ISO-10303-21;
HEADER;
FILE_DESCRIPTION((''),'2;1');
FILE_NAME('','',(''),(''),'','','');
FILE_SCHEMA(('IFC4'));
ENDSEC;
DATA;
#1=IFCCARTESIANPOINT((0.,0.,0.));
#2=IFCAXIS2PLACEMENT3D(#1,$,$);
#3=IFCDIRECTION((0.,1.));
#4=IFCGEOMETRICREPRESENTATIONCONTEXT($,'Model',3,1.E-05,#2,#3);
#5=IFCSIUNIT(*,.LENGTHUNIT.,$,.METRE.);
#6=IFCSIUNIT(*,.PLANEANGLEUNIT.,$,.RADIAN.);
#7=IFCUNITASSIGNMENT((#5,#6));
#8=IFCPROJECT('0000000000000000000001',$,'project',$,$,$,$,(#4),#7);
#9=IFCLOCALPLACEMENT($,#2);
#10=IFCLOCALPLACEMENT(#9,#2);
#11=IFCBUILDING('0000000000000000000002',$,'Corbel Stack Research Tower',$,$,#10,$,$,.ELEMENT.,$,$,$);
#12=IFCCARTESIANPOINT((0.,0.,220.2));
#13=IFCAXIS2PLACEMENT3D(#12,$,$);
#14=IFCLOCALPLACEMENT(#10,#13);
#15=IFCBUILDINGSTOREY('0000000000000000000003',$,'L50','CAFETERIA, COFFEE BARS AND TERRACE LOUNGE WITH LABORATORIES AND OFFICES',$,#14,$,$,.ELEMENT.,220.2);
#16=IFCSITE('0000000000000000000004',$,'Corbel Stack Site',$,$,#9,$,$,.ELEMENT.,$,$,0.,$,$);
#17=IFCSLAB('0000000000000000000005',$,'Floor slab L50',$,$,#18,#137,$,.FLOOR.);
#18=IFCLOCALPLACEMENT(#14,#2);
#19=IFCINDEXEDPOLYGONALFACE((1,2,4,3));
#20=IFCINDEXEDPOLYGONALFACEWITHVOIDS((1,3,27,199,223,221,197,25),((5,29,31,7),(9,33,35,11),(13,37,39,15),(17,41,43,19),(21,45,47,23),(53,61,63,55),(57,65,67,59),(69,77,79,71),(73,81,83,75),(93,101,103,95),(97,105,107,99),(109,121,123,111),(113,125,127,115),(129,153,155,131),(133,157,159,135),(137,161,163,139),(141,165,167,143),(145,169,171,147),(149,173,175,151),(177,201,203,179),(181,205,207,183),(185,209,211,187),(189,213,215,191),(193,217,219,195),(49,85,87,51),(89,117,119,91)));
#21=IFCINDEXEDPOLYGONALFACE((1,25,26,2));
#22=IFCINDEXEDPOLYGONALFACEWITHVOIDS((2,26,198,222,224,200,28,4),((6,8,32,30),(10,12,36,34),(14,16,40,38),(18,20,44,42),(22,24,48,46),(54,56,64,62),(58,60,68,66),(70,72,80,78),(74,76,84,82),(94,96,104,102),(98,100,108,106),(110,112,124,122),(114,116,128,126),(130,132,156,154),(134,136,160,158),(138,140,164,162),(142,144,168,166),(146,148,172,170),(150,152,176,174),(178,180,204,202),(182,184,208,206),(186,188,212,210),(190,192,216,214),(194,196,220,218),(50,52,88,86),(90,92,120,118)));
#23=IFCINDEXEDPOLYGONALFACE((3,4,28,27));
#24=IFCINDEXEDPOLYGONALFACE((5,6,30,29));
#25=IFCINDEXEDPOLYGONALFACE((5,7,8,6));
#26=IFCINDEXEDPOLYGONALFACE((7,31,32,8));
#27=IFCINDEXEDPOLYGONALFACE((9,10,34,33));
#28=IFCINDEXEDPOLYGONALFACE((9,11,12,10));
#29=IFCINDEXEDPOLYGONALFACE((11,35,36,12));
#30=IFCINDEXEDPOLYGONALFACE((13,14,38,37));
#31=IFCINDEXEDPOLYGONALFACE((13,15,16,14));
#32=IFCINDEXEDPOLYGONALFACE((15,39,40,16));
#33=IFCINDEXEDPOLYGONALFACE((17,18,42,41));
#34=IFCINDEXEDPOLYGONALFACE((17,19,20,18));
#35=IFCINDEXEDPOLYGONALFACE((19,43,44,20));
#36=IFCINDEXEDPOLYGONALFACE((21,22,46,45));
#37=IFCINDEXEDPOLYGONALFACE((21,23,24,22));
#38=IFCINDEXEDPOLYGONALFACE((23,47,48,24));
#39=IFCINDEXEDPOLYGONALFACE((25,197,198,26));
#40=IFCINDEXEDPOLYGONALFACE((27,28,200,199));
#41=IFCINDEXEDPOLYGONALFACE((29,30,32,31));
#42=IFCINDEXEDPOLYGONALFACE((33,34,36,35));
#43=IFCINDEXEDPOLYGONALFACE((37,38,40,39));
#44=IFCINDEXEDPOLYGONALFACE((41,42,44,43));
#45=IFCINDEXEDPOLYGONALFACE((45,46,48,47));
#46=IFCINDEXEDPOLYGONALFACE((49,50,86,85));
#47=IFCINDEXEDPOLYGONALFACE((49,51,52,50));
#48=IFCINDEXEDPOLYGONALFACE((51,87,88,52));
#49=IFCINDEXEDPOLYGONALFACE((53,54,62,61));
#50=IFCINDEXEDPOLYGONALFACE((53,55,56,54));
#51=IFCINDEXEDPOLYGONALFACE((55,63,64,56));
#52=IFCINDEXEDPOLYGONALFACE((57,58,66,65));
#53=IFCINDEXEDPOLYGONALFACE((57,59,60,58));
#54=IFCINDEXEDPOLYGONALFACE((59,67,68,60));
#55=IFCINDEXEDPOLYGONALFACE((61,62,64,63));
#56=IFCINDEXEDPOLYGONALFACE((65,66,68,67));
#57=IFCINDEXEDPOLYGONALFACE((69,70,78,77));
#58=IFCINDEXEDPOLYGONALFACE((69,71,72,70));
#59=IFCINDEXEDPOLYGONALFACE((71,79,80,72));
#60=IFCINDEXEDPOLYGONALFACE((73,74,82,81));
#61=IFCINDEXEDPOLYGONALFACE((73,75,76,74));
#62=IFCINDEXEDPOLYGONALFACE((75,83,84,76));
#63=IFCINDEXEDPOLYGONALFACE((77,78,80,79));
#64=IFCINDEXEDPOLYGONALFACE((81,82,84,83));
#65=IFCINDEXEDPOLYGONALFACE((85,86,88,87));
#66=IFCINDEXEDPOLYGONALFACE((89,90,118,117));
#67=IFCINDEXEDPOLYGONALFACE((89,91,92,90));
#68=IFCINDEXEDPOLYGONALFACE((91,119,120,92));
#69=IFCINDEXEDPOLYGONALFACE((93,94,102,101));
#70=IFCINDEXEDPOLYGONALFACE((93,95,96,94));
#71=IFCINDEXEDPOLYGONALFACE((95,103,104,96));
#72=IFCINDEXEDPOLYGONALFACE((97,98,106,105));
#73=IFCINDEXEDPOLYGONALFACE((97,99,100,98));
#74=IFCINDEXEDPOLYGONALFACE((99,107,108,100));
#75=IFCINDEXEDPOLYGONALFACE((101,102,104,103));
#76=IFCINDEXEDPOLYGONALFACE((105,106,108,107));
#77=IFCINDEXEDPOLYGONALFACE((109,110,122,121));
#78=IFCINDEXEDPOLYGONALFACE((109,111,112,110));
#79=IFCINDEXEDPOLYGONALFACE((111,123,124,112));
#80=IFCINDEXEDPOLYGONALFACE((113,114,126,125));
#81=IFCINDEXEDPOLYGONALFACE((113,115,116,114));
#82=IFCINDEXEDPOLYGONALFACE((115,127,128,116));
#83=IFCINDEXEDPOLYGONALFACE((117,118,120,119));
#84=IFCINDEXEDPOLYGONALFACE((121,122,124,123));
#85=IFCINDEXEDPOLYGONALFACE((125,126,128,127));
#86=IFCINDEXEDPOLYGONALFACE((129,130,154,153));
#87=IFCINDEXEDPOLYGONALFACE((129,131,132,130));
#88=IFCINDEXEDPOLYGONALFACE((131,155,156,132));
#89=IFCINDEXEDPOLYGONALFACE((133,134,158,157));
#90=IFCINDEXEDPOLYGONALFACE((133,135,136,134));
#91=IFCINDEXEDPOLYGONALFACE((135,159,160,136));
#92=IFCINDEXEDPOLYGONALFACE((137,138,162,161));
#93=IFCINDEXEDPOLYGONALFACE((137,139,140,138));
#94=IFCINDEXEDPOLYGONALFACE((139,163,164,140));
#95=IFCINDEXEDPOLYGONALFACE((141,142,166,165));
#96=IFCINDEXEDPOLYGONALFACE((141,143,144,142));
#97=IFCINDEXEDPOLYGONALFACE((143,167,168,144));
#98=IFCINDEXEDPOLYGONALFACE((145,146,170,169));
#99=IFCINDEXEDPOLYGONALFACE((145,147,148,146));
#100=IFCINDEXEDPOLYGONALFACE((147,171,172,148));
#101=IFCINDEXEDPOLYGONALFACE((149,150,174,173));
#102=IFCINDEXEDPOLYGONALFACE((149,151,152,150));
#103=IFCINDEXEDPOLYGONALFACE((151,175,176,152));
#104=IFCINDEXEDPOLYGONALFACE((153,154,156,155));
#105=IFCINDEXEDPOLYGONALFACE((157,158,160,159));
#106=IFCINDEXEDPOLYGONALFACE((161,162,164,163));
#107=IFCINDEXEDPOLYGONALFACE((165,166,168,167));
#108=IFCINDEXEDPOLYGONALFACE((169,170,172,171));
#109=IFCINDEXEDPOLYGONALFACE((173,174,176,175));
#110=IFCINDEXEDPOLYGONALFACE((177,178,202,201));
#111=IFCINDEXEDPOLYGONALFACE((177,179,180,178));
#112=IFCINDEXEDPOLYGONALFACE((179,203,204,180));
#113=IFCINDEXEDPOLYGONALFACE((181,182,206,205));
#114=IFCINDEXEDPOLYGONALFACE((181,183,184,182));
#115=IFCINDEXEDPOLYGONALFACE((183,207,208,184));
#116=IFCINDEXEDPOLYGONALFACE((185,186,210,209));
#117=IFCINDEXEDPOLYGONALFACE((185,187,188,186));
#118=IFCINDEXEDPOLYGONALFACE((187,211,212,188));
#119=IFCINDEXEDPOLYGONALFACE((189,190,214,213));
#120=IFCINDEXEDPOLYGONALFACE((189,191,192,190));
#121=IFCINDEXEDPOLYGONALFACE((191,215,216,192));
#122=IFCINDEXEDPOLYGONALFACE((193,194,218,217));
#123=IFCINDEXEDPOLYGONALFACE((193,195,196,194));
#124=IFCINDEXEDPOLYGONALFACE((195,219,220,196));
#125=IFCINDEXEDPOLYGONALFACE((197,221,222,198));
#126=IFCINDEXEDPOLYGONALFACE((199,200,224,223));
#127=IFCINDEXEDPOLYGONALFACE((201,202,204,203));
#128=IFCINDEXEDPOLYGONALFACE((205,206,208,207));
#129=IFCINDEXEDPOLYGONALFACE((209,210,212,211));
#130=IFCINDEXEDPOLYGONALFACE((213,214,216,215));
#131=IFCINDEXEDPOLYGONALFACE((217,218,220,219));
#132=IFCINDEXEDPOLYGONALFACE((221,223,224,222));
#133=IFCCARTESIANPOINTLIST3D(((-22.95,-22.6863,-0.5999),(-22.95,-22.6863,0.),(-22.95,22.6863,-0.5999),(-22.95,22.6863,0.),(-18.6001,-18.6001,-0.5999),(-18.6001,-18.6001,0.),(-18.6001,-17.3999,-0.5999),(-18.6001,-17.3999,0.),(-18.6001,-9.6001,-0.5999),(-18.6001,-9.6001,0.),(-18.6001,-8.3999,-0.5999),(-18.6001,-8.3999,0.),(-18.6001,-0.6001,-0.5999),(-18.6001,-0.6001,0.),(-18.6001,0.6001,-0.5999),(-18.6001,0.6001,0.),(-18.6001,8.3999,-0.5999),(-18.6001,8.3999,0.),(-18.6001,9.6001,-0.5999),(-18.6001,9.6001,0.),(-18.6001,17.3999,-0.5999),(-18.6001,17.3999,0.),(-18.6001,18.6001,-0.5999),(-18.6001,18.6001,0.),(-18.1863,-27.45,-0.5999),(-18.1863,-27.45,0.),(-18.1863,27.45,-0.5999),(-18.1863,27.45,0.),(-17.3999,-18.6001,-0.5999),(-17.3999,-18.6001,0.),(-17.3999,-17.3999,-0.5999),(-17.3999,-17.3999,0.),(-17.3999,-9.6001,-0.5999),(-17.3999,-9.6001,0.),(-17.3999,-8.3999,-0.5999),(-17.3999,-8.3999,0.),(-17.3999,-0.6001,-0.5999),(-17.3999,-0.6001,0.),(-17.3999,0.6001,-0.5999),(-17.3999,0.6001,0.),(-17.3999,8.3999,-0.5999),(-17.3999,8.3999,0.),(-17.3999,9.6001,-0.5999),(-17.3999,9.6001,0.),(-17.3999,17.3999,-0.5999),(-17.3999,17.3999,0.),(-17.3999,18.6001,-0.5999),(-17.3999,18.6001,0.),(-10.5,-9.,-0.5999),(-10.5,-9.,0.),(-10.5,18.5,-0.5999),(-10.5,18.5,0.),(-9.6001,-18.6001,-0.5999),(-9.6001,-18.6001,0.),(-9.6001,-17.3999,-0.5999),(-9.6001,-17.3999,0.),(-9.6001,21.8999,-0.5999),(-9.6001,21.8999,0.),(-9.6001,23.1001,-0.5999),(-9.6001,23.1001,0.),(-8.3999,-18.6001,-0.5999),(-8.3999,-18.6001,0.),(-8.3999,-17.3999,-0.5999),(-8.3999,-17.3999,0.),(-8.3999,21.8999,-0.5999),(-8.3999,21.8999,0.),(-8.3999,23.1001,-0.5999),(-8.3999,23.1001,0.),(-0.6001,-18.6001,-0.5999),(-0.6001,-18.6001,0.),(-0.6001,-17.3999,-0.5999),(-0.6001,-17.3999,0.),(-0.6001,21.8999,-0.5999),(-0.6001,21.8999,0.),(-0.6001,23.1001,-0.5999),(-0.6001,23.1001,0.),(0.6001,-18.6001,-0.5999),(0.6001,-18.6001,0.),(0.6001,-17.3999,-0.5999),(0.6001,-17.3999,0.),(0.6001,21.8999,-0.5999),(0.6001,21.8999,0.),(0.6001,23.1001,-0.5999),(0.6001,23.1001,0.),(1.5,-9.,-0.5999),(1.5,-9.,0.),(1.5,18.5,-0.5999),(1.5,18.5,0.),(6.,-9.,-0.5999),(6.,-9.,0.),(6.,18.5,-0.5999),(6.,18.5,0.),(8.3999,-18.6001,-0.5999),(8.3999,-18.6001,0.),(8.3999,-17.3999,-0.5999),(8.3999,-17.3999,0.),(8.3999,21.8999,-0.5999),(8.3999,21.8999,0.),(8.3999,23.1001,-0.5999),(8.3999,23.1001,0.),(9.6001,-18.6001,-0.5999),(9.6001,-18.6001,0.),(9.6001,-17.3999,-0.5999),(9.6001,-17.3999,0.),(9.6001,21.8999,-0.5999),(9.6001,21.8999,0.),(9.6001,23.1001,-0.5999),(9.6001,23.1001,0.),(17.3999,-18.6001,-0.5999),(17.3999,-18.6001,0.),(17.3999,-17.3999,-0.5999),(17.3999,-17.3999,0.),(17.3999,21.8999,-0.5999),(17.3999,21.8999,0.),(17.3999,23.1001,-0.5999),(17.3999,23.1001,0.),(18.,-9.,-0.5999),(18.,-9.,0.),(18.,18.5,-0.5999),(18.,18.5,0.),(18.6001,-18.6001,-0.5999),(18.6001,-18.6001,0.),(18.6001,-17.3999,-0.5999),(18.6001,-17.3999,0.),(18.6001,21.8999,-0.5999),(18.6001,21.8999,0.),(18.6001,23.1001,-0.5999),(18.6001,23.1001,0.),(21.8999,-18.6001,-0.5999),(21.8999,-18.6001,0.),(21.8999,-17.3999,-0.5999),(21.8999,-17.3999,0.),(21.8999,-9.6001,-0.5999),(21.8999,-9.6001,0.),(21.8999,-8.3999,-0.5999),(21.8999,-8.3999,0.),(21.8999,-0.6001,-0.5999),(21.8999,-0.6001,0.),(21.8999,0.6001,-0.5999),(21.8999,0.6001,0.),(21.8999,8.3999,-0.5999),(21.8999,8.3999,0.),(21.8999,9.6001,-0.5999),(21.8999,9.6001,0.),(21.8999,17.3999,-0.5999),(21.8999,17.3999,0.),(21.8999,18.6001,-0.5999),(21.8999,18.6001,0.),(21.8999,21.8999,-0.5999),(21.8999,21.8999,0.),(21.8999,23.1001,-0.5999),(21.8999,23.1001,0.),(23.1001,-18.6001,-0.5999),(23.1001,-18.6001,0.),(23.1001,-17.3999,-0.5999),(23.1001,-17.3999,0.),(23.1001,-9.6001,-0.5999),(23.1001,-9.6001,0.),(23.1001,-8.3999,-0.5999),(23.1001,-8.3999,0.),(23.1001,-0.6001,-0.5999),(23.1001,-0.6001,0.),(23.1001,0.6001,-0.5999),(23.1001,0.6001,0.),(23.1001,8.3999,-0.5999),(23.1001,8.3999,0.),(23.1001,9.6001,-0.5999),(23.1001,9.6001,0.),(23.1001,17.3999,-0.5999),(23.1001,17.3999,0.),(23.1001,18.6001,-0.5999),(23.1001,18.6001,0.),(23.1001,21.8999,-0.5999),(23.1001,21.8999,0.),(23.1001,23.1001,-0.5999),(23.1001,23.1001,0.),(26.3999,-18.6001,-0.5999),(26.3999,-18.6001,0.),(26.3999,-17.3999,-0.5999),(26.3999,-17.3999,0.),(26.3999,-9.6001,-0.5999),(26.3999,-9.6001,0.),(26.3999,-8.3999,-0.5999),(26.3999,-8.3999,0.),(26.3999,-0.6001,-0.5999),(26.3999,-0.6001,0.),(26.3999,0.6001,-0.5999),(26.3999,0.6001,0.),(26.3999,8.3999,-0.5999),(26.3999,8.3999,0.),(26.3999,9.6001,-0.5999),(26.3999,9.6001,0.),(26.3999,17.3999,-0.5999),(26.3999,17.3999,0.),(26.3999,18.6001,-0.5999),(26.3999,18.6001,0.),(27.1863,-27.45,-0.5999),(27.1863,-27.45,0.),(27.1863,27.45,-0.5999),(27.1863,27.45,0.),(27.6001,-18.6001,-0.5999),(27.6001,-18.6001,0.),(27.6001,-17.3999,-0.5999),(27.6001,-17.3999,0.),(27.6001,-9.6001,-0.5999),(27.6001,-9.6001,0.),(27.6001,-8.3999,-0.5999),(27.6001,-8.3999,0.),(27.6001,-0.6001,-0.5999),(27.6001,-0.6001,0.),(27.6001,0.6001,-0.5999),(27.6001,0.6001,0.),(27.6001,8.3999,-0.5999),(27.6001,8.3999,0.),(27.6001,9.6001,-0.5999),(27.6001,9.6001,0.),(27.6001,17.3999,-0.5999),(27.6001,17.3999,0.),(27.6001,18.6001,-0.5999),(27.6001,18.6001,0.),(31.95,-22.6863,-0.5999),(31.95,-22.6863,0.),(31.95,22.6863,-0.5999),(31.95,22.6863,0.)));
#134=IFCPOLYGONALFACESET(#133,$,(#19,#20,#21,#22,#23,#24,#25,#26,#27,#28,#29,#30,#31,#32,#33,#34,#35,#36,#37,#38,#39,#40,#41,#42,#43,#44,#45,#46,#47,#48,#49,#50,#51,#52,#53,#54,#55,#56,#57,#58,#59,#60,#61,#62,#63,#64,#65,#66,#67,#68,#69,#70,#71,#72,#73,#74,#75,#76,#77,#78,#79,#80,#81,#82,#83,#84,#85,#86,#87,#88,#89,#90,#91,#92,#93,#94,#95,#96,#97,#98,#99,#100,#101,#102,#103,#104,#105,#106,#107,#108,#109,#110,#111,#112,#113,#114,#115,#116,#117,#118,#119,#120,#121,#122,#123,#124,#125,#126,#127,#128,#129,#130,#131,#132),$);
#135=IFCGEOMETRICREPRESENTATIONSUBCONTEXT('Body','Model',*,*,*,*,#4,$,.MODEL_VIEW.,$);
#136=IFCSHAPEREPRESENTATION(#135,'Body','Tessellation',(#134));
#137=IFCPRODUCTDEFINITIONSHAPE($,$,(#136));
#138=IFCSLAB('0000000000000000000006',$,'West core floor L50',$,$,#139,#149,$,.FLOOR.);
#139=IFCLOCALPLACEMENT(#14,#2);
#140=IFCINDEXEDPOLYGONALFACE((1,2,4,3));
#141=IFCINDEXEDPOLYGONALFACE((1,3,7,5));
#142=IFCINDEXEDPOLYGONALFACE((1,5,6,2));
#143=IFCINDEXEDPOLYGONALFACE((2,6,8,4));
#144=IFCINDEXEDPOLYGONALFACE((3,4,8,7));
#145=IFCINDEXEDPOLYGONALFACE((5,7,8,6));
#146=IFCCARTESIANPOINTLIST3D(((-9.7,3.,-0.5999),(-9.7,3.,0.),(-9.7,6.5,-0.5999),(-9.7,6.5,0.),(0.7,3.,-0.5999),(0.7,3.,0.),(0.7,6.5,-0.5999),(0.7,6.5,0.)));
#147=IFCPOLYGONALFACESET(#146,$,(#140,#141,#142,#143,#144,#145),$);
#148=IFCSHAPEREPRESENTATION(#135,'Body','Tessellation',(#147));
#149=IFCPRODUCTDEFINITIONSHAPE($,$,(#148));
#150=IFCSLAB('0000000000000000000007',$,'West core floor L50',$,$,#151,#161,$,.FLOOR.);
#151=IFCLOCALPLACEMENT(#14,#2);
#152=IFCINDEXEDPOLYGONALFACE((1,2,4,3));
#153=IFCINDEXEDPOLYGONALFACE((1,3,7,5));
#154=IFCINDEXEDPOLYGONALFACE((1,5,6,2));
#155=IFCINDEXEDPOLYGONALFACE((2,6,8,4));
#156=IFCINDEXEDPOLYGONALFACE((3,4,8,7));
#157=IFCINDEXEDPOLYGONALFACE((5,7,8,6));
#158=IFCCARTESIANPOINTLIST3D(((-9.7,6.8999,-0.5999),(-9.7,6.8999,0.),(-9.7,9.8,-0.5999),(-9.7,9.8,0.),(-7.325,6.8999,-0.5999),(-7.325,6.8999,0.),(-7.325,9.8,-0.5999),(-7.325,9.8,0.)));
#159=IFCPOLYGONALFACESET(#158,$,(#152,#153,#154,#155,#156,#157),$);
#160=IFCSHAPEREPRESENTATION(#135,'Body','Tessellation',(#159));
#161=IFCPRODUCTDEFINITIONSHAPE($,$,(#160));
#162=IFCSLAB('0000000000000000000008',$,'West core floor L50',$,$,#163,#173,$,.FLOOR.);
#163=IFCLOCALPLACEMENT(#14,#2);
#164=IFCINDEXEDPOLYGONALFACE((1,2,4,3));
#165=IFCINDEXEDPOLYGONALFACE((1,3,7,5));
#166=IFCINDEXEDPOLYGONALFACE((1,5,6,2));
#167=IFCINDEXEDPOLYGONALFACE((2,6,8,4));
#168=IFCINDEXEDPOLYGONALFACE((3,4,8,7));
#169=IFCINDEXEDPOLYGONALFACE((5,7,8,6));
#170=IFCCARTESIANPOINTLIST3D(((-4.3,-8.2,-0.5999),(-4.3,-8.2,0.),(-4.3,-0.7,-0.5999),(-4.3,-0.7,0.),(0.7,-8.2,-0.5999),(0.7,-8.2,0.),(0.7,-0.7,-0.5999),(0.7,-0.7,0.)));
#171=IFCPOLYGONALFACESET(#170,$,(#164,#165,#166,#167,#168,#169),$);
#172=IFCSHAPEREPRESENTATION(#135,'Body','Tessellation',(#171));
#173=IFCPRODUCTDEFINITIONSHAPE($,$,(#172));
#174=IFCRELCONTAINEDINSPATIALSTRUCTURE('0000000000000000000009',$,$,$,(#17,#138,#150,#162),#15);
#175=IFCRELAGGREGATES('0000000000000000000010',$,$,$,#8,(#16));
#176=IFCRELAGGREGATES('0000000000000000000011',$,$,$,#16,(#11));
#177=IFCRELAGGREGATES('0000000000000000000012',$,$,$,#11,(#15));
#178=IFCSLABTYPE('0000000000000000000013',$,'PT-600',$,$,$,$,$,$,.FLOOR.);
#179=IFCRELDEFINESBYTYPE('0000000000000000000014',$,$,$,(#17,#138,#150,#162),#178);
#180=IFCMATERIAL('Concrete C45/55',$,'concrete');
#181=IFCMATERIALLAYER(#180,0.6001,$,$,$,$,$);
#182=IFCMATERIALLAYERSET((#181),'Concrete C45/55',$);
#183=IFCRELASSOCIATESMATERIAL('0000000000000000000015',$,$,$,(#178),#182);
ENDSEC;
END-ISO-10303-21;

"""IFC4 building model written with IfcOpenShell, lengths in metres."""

from ifc_helpers import new_model, si_unit, direction, frame, origin, place, context, subcontext, project, spatial, polyline, outline, extrude, material, layer, layer_set, type_object, element, save


model = new_model("IFC4")

# Units and contexts
model_context = context("Model", 3, precision=1e-05, world=origin(), true_north=direction((0.0, 1.0)))
body_context = subcontext(model_context, "Body", "Model", "MODEL_VIEW")
ifc_project = project(units=[si_unit("LENGTHUNIT", "METRE"), si_unit("PLANEANGLEUNIT", "RADIAN")], contexts=[model_context])

# Site, building, storey
site_placement = place(None, origin())
site = spatial("IfcSite", under=ifc_project, at=site_placement, Name="Corbel Stack Site", CompositionType="ELEMENT", RefElevation=0.0)
building_placement = place(site_placement, origin())
building = spatial("IfcBuilding", under=site, at=building_placement, Name="Corbel Stack Research Tower", CompositionType="ELEMENT")
storey_placement = place(building_placement, frame((0.0, 0.0, 220.2)))
storey = spatial("IfcBuildingStorey", under=building, at=storey_placement, Name="L50", Description="CAFETERIA, COFFEE BARS AND TERRACE LOUNGE WITH LABORATORIES AND OFFICES", CompositionType="ELEMENT", Elevation=220.2)

# Slabs
ifc_material_1 = material(Name="Concrete C45/55", Category="concrete")
ifc_layer_1 = layer(ifc_material_1, 0.6001)
ifc_layer_set_1 = layer_set([ifc_layer_1], Name="Concrete C45/55")
slab_type = type_object("IfcSlabType", Name="PT-600", PredefinedType="FLOOR", material=ifc_layer_set_1)
slab_1_placement = place(storey_placement, frame((0.0, 0.0, -0.5999)))
element("IfcSlab", 1, at=slab_1_placement, inside=storey, type_object=slab_type, Name="Floor slab L50", PredefinedType="FLOOR", context=body_context, shape_type="SweptSolid", body=[
    extrude(outline(polyline([(-18.1863, -27.45), (27.1863, -27.45), (31.95, -22.6863), (31.95, 22.6863), (27.1863, 27.45), (-18.1863, 27.45), (-22.95, 22.6863), (-22.95, -22.6863), (-18.1863, -27.45)]), holes=[polyline([(26.3999, 17.3999), (26.3999, 18.6001), (27.6001, 18.6001), (27.6001, 17.3999), (26.3999, 17.3999)]), polyline([(26.3999, 8.3999), (26.3999, 9.6001), (27.6001, 9.6001), (27.6001, 8.3999), (26.3999, 8.3999)]), polyline([(27.6001, -0.6001), (26.3999, -0.6001), (26.3999, 0.6001), (27.6001, 0.6001), (27.6001, -0.6001)]), polyline([(26.3999, -9.6001), (26.3999, -8.3999), (27.6001, -8.3999), (27.6001, -9.6001), (26.3999, -9.6001)]), polyline([(26.3999, -18.6001), (26.3999, -17.3999), (27.6001, -17.3999), (27.6001, -18.6001), (26.3999, -18.6001)]), polyline([(21.8999, 21.8999), (21.8999, 23.1001), (23.1001, 23.1001), (23.1001, 21.8999), (21.8999, 21.8999)]), polyline([(21.8999, 17.3999), (21.8999, 18.6001), (23.1001, 18.6001), (23.1001, 17.3999), (21.8999, 17.3999)]), polyline([(21.8999, 8.3999), (21.8999, 9.6001), (23.1001, 9.6001), (23.1001, 8.3999), (21.8999, 8.3999)]), polyline([(21.8999, -0.6001), (21.8999, 0.6001), (23.1001, 0.6001), (23.1001, -0.6001), (21.8999, -0.6001)]), polyline([(23.1001, -9.6001), (21.8999, -9.6001), (21.8999, -8.3999), (23.1001, -8.3999), (23.1001, -9.6001)]), polyline([(21.8999, -18.6001), (21.8999, -17.3999), (23.1001, -17.3999), (23.1001, -18.6001), (21.8999, -18.6001)]), polyline([(17.3999, 21.8999), (17.3999, 23.1001), (18.6001, 23.1001), (18.6001, 21.8999), (17.3999, 21.8999)]), polyline([(18.6001, -18.6001), (17.3999, -18.6001), (17.3999, -17.3999), (18.6001, -17.3999), (18.6001, -18.6001)]), polyline([(6.0, -9.0), (6.0, 18.5), (18.0, 18.5), (18.0, -9.0), (6.0, -9.0)]), polyline([(8.3999, 21.8999), (8.3999, 23.1001), (9.6001, 23.1001), (9.6001, 21.8999), (8.3999, 21.8999)]), polyline([(9.6001, -18.6001), (8.3999, -18.6001), (8.3999, -17.3999), (9.6001, -17.3999), (9.6001, -18.6001)]), polyline([(1.5, -9.0), (-10.5, -9.0), (-10.5, 18.5), (1.5, 18.5), (1.5, -9.0)]), polyline([(-0.6001, 21.8999), (-0.6001, 23.1001), (0.6001, 23.1001), (0.6001, 21.8999), (-0.6001, 21.8999)]), polyline([(-0.6001, -18.6001), (-0.6001, -17.3999), (0.6001, -17.3999), (0.6001, -18.6001), (-0.6001, -18.6001)]), polyline([(-9.6001, 21.8999), (-9.6001, 23.1001), (-8.3999, 23.1001), (-8.3999, 21.8999), (-9.6001, 21.8999)]), polyline([(-9.6001, -18.6001), (-9.6001, -17.3999), (-8.3999, -17.3999), (-8.3999, -18.6001), (-9.6001, -18.6001)]), polyline([(-18.6001, 17.3999), (-18.6001, 18.6001), (-17.3999, 18.6001), (-17.3999, 17.3999), (-18.6001, 17.3999)]), polyline([(-18.6001, 8.3999), (-18.6001, 9.6001), (-17.3999, 9.6001), (-17.3999, 8.3999), (-18.6001, 8.3999)]), polyline([(-18.6001, -0.6001), (-18.6001, 0.6001), (-17.3999, 0.6001), (-17.3999, -0.6001), (-18.6001, -0.6001)]), polyline([(-18.6001, -9.6001), (-18.6001, -8.3999), (-17.3999, -8.3999), (-17.3999, -9.6001), (-18.6001, -9.6001)]), polyline([(-17.3999, -18.6001), (-18.6001, -18.6001), (-18.6001, -17.3999), (-17.3999, -17.3999), (-17.3999, -18.6001)])]), origin(), (0.0, 0.0, 1.0), 0.5999),
])
slab_2_placement = place(storey_placement, frame((0.0, 0.0, -0.5999)))
element("IfcSlab", 2, at=slab_2_placement, inside=storey, type_object=slab_type, Name="West core floor L50", PredefinedType="FLOOR", context=body_context, shape_type="SweptSolid", body=[
    extrude(outline(polyline([(0.7, 6.5), (-9.7, 6.5), (-9.7, 3.0), (0.7, 3.0), (0.7, 6.5)])), origin(), (0.0, 0.0, 1.0), 0.5999),
])
slab_3_placement = place(storey_placement, frame((0.0, 0.0, -0.5999)))
element("IfcSlab", 3, at=slab_3_placement, inside=storey, type_object=slab_type, Name="West core floor L50", PredefinedType="FLOOR", context=body_context, shape_type="SweptSolid", body=[
    extrude(outline(polyline([(-9.7, 6.8999), (-7.325, 6.8999), (-7.325, 9.8), (-9.7, 9.8), (-9.7, 6.8999)])), origin(), (0.0, 0.0, 1.0), 0.5999),
])
slab_4_placement = place(storey_placement, frame((0.0, 0.0, -0.5999)))
element("IfcSlab", 4, at=slab_4_placement, inside=storey, type_object=slab_type, Name="West core floor L50", PredefinedType="FLOOR", context=body_context, shape_type="SweptSolid", body=[
    extrude(outline(polyline([(-4.3, -0.7), (-4.3, -8.2), (0.7, -8.2), (0.7, -0.7), (-4.3, -0.7)])), origin(), (0.0, 0.0, 1.0), 0.5999),
])

save(model, "model.ifc")
